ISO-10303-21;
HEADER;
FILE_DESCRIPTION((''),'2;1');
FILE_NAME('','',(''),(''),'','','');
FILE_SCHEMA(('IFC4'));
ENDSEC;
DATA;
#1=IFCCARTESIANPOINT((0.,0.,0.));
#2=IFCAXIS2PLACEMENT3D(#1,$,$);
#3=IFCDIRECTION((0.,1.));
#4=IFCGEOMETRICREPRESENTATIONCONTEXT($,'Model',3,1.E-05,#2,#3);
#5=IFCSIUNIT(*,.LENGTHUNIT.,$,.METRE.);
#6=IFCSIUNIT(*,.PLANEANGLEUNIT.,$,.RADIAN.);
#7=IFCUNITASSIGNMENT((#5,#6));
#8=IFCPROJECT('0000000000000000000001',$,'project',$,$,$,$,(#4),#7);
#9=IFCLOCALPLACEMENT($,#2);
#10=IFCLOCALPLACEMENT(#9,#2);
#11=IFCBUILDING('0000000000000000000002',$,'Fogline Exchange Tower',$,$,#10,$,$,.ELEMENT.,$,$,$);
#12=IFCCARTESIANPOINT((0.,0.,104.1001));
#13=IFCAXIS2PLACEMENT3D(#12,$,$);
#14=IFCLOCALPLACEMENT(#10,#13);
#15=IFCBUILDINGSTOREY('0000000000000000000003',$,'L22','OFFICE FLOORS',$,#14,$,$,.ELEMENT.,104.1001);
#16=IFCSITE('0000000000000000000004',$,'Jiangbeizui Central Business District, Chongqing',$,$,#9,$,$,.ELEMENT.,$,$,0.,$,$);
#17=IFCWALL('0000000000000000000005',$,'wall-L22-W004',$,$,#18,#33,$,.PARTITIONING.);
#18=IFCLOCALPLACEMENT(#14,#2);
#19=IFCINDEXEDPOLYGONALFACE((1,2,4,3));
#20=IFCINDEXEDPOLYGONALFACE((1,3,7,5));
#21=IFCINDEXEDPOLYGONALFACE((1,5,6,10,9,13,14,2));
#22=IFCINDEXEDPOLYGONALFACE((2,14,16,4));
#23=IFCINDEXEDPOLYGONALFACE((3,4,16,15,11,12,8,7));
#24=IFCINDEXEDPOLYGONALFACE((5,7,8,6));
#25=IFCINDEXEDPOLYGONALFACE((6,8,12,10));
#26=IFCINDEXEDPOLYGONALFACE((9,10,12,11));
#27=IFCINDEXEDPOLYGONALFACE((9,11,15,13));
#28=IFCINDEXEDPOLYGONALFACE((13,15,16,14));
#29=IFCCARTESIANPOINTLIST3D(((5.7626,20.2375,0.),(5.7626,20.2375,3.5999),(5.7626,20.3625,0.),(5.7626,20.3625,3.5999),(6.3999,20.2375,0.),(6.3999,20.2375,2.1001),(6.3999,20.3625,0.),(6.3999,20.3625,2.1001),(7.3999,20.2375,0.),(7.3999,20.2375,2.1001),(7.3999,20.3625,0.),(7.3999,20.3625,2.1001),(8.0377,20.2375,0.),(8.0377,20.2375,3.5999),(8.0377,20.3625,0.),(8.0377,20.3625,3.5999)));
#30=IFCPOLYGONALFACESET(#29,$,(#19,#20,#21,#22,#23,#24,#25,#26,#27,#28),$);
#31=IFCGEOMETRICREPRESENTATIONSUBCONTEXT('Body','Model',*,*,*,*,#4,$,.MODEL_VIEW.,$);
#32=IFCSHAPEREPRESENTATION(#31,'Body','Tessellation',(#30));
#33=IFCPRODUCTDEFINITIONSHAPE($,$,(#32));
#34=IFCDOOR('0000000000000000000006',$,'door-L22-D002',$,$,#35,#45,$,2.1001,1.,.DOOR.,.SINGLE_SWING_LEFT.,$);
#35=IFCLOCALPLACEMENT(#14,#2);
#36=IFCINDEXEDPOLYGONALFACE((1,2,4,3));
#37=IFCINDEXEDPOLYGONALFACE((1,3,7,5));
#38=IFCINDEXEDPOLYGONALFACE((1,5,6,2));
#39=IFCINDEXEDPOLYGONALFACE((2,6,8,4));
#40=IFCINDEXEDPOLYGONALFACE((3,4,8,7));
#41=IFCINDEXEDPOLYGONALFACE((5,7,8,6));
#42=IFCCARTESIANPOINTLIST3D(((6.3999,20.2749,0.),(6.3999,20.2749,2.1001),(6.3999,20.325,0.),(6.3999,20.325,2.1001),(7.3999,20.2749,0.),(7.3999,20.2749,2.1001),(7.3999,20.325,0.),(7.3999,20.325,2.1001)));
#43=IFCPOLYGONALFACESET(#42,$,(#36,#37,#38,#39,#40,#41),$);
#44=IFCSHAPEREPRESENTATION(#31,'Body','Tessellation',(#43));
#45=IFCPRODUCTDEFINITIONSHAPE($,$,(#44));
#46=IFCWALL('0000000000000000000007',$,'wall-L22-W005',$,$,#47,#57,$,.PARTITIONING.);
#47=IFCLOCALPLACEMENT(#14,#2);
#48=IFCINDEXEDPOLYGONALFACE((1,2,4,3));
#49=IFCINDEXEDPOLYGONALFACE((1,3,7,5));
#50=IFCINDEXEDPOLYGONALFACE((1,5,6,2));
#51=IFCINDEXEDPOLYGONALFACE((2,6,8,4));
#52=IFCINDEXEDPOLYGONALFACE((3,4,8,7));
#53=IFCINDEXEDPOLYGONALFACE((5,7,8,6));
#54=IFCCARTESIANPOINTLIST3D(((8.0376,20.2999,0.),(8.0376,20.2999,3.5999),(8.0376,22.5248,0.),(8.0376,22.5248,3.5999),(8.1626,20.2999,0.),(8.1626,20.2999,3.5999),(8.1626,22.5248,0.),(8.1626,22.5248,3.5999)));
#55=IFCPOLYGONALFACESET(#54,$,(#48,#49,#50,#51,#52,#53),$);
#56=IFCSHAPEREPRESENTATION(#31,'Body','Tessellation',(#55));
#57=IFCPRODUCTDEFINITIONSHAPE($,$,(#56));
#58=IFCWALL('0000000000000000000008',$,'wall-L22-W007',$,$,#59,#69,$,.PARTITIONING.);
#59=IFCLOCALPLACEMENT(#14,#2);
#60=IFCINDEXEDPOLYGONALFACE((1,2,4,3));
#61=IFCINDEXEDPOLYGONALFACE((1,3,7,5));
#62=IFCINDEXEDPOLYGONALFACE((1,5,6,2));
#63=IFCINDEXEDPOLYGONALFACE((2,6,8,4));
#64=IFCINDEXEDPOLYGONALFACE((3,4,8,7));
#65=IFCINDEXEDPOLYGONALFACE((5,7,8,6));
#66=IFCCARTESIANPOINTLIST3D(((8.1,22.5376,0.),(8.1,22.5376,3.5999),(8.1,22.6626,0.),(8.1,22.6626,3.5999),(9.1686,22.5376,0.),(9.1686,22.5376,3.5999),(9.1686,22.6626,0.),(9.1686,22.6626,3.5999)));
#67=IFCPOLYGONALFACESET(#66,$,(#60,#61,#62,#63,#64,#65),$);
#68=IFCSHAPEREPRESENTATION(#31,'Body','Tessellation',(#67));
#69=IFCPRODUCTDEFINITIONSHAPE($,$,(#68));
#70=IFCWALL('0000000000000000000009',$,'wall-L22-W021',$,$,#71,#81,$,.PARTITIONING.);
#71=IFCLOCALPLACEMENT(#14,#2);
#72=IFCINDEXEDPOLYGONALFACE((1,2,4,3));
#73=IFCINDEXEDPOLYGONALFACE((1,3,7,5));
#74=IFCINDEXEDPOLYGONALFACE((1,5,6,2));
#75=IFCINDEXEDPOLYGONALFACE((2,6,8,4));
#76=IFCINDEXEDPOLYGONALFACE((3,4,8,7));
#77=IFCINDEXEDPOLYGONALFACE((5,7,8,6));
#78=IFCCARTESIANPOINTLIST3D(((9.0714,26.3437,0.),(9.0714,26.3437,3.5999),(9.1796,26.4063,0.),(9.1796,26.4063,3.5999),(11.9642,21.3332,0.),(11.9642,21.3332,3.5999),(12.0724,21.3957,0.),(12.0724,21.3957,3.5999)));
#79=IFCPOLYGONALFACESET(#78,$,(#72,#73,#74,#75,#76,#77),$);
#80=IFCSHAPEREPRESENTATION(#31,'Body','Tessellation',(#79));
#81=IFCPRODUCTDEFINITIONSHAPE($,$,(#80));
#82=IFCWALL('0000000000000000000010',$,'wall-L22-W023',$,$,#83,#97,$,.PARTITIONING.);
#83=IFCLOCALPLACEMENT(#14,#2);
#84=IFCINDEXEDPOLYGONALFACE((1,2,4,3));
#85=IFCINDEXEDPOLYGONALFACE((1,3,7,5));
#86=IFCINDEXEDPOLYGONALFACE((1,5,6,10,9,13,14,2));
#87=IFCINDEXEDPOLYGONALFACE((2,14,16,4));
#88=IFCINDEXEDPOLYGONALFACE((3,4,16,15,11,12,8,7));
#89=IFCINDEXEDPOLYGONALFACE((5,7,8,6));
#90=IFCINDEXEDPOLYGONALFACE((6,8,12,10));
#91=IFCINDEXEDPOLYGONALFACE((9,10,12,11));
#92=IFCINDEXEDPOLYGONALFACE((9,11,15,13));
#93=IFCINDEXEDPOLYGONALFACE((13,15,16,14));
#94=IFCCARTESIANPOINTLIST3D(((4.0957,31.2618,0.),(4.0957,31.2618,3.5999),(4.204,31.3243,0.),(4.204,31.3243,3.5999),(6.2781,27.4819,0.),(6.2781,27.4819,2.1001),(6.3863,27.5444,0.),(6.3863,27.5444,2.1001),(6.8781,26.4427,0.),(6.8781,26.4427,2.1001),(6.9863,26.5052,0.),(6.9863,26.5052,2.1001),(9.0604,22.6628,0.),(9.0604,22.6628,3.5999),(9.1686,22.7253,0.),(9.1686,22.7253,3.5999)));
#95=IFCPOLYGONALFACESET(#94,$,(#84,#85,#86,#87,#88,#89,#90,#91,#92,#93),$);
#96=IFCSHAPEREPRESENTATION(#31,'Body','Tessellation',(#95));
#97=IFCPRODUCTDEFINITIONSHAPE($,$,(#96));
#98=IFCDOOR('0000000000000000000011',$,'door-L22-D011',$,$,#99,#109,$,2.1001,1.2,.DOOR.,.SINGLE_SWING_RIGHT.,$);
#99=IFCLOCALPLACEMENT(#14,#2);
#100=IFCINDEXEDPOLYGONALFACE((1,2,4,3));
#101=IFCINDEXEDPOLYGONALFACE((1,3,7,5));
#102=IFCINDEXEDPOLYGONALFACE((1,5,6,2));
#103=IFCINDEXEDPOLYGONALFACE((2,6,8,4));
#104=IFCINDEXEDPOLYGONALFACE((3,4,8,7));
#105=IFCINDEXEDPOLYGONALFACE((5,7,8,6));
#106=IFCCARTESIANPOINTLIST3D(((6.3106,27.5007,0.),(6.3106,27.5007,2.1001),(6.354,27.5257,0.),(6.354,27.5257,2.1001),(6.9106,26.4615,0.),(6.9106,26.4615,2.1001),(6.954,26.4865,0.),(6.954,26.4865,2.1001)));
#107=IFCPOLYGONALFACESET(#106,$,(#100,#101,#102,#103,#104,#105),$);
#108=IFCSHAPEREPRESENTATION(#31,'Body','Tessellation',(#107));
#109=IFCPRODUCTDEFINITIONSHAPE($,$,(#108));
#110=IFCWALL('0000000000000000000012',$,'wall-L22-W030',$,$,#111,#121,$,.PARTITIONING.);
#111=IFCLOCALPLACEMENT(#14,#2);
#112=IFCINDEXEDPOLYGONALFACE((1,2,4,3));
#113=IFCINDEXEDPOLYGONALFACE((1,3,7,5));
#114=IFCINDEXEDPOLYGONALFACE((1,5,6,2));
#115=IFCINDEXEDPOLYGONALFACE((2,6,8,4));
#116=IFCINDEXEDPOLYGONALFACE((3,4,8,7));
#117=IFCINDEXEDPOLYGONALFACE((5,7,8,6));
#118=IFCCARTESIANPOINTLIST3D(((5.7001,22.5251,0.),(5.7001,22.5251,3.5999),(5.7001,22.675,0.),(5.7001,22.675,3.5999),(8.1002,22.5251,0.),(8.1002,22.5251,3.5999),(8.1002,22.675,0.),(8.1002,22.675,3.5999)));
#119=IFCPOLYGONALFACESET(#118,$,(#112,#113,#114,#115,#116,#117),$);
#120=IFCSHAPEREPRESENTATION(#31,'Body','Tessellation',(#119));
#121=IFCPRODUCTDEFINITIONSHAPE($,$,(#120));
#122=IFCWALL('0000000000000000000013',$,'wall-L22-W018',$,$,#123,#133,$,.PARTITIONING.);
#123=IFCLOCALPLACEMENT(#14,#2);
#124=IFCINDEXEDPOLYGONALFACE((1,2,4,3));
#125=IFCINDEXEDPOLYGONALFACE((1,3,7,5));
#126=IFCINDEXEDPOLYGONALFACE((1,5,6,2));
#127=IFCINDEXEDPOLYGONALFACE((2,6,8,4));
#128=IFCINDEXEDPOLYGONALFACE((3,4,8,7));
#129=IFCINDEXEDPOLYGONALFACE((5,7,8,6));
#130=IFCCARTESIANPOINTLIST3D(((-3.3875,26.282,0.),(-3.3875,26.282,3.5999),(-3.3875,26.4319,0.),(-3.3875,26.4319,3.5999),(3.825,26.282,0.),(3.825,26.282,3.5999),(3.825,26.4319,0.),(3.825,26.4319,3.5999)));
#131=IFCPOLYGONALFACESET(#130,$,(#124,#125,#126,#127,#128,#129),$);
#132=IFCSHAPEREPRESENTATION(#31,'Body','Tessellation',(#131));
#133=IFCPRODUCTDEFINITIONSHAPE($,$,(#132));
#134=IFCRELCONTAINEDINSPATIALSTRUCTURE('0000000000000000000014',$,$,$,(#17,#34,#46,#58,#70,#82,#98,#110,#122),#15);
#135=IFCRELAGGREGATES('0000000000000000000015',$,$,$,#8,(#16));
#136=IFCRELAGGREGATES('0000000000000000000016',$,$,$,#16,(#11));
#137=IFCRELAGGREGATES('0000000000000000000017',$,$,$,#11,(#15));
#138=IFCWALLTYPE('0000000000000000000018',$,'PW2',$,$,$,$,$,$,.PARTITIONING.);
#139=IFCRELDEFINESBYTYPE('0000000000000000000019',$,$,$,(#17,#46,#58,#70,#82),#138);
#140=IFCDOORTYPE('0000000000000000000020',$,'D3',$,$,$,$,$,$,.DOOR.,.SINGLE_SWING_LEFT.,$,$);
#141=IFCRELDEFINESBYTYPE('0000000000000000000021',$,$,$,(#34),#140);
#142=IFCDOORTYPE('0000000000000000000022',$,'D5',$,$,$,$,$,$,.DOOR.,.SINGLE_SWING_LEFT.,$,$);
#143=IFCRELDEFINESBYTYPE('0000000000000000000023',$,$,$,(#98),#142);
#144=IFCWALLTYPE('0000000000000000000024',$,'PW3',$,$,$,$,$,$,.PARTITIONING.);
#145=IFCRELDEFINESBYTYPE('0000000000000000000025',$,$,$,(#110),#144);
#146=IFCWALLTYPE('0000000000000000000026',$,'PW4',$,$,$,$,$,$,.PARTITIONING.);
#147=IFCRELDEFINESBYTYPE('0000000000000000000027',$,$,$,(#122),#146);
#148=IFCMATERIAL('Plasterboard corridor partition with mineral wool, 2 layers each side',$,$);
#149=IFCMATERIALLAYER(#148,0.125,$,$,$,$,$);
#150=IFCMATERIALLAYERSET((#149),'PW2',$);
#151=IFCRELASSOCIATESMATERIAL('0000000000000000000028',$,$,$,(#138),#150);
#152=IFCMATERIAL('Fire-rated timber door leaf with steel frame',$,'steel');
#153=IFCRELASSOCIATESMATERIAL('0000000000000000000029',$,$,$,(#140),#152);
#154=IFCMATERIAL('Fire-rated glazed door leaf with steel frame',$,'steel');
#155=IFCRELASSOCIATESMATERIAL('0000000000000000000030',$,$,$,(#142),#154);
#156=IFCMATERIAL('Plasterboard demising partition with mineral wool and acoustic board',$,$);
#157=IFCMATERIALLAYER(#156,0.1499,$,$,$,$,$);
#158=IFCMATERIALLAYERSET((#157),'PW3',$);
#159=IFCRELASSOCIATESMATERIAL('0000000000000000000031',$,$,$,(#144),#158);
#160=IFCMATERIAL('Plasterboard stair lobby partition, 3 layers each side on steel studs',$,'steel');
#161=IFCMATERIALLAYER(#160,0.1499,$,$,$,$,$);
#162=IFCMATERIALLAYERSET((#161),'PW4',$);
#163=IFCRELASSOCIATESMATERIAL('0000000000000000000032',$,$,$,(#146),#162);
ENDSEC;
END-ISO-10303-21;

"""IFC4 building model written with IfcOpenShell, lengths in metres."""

from ifc_helpers import new_model, si_unit, direction, frame, frame_2d, origin, place, context, subcontext, project, spatial, rectangle, extrude, material, layer, layer_set, type_object, element, fill, save


model = new_model("IFC4")

# Units and contexts
model_context = context("Model", 3, precision=1e-05, world=origin(), true_north=direction((0.0, 1.0)))
body_context = subcontext(model_context, "Body", "Model", "MODEL_VIEW")
ifc_project = project(units=[si_unit("LENGTHUNIT", "METRE"), si_unit("PLANEANGLEUNIT", "RADIAN")], contexts=[model_context])

# Site, building, storey
site_placement = place(None, origin())
site = spatial("IfcSite", under=ifc_project, at=site_placement, Name="Jiangbeizui Central Business District, Chongqing", CompositionType="ELEMENT", RefElevation=0.0)
building_placement = place(site_placement, origin())
building = spatial("IfcBuilding", under=site, at=building_placement, Name="Fogline Exchange Tower", CompositionType="ELEMENT")
storey_placement = place(building_placement, frame((0.0, 0.0, 104.1001)))
storey = spatial("IfcBuildingStorey", under=building, at=storey_placement, Name="L22", Description="OFFICE FLOORS", CompositionType="ELEMENT", Elevation=104.1001)

# Shared definitions
ifc_material_1 = material(Name="Plasterboard corridor partition with mineral wool, 2 layers each side")
ifc_layer_1 = layer(ifc_material_1, 0.125)
ifc_layer_set_1 = layer_set([ifc_layer_1], Name="PW2")
wall_type_1 = type_object("IfcWallType", Name="PW2", PredefinedType="PARTITIONING", material=ifc_layer_set_1)

# Wall, opening, door
wall_1_placement = place(storey_placement, frame((5.7625, 20.3, 0.0), z_axis=(0.0, 0.0, 1.0), x_axis=(1.0, 0.0, 0.0)))
wall_1 = element("IfcWall", 1, at=wall_1_placement, inside=storey, type_object=wall_type_1, Name="wall-L22-W004", PredefinedType="PARTITIONING", context=body_context, shape_type="SweptSolid", body=[
    extrude(rectangle(XDim=2.2751, YDim=0.125, at=frame_2d((1.1377, 0.0))), origin(), (0.0, 0.0, 1.0), 3.5999),
])
opening_1_placement = place(wall_1_placement, frame((0.6375, 0.0, 0.0)))
opening_1 = element("IfcOpeningElement", 2, at=opening_1_placement, cuts=wall_1, PredefinedType="OPENING", context=body_context, shape_type="SweptSolid", body=[
    extrude(rectangle(XDim=1.0, YDim=2.1001, at=frame_2d((0.5, 1.05))), frame((0.0, 0.0725, 0.0), z_axis=(0.0, -1.0, 0.0), x_axis=(1.0, 0.0, 0.0)), (0.0, 0.0, 1.0), 0.145),
])
ifc_material_2 = material(Name="Fire-rated timber door leaf with steel frame", Category="steel")
door_type_1 = type_object("IfcDoorType", Name="D3", OperationType="SINGLE_SWING_LEFT", PredefinedType="DOOR", material=ifc_material_2)
door_1_placement = place(opening_1_placement, origin())
door_1 = element("IfcDoor", 3, at=door_1_placement, inside=storey, type_object=door_type_1, Name="door-L22-D002", OperationType="SINGLE_SWING_LEFT", OverallHeight=2.1001, OverallWidth=1.0, PredefinedType="DOOR", context=body_context, shape_type="SweptSolid", body=[
    extrude(rectangle(XDim=1.0, YDim=2.1001, at=frame_2d((0.5, 1.05))), frame((0.0, 0.0249, 0.0), z_axis=(0.0, -1.0, 0.0), x_axis=(1.0, 0.0, 0.0)), (0.0, 0.0, 1.0), 0.05),
])
fill(opening_1, door_1)

# Walls
wall_2_placement = place(storey_placement, frame((8.1001, 20.3, 0.0), z_axis=(0.0, 0.0, 1.0), x_axis=(0.0, 1.0, 0.0)))
element("IfcWall", 4, at=wall_2_placement, inside=storey, type_object=wall_type_1, Name="wall-L22-W005", PredefinedType="PARTITIONING", context=body_context, shape_type="SweptSolid", body=[
    extrude(rectangle(XDim=2.2249, YDim=0.125, at=frame_2d((1.1123, 0.0))), origin(), (0.0, 0.0, 1.0), 3.5999),
])
wall_3_placement = place(storey_placement, frame((8.1001, 22.6001, 0.0), z_axis=(0.0, 0.0, 1.0), x_axis=(1.0, 0.0, 0.0)))
element("IfcWall", 5, at=wall_3_placement, inside=storey, type_object=wall_type_1, Name="wall-L22-W007", PredefinedType="PARTITIONING", context=body_context, shape_type="SweptSolid", body=[
    extrude(rectangle(XDim=1.0686, YDim=0.125, at=frame_2d((0.5342, 0.0))), origin(), (0.0, 0.0, 1.0), 3.5999),
])
wall_4_placement = place(storey_placement, frame((9.1255, 26.375, 0.0), z_axis=(0.0, 0.0, 1.0), x_axis=(0.500001, -0.866025, 0.0)))
element("IfcWall", 6, at=wall_4_placement, inside=storey, type_object=wall_type_1, Name="wall-L22-W021", PredefinedType="PARTITIONING", context=body_context, shape_type="SweptSolid", body=[
    extrude(rectangle(XDim=5.7856, YDim=0.125, at=frame_2d((2.8928, 0.0))), origin(), (0.0, 0.0, 1.0), 3.5999),
])

# Wall, opening, door
wall_5_placement = place(storey_placement, frame((9.1145, 22.6941, 0.0), z_axis=(0.0, 0.0, 1.0), x_axis=(-0.500003, 0.866024, 0.0)))
wall_5 = element("IfcWall", 7, at=wall_5_placement, inside=storey, type_object=wall_type_1, Name="wall-L22-W023", PredefinedType="PARTITIONING", context=body_context, shape_type="SweptSolid", body=[
    extrude(rectangle(XDim=9.9292, YDim=0.125, at=frame_2d((4.9646, 0.0))), origin(), (0.0, 0.0, 1.0), 3.5999),
])
opening_2_placement = place(wall_5_placement, frame((4.3645, 0.0, 0.0)))
opening_2 = element("IfcOpeningElement", 8, at=opening_2_placement, cuts=wall_5, PredefinedType="OPENING", context=body_context, shape_type="SweptSolid", body=[
    extrude(rectangle(XDim=1.2, YDim=2.1001, at=frame_2d((0.6001, 1.05))), frame((0.0, 0.0725, 0.0), z_axis=(0.0, -1.0, 0.0), x_axis=(1.0, 0.0, 0.0)), (0.0, 0.0, 1.0), 0.145),
])
ifc_material_3 = material(Name="Fire-rated glazed door leaf with steel frame", Category="steel")
door_type_2 = type_object("IfcDoorType", Name="D5", OperationType="SINGLE_SWING_LEFT", PredefinedType="DOOR", material=ifc_material_3)
door_2_placement = place(opening_2_placement, origin())
door_2 = element("IfcDoor", 9, at=door_2_placement, inside=storey, type_object=door_type_2, Name="door-L22-D011", OperationType="SINGLE_SWING_RIGHT", OverallHeight=2.1001, OverallWidth=1.2, PredefinedType="DOOR", context=body_context, shape_type="SweptSolid", body=[
    extrude(rectangle(XDim=1.2, YDim=2.1001, at=frame_2d((0.6001, 1.05))), frame((0.0, 0.0249, 0.0), z_axis=(0.0, -1.0, 0.0), x_axis=(1.0, 0.0, 0.0)), (0.0, 0.0, 1.0), 0.05),
])
fill(opening_2, door_2)

# Walls
ifc_material_4 = material(Name="Plasterboard demising partition with mineral wool and acoustic board")
ifc_layer_2 = layer(ifc_material_4, 0.1499)
ifc_layer_set_2 = layer_set([ifc_layer_2], Name="PW3")
wall_type_2 = type_object("IfcWallType", Name="PW3", PredefinedType="PARTITIONING", material=ifc_layer_set_2)
wall_6_placement = place(storey_placement, frame((5.7, 22.6001, 0.0), z_axis=(0.0, 0.0, 1.0), x_axis=(1.0, 0.0, 0.0)))
element("IfcWall", 10, at=wall_6_placement, inside=storey, type_object=wall_type_2, Name="wall-L22-W030", PredefinedType="PARTITIONING", context=body_context, shape_type="SweptSolid", body=[
    extrude(rectangle(XDim=2.4001, YDim=0.1499, at=frame_2d((1.2002, 0.0))), origin(), (0.0, 0.0, 1.0), 3.5999),
])
ifc_material_5 = material(Name="Plasterboard stair lobby partition, 3 layers each side on steel studs", Category="steel")
ifc_layer_3 = layer(ifc_material_5, 0.1499)
ifc_layer_set_3 = layer_set([ifc_layer_3], Name="PW4")
wall_type_3 = type_object("IfcWallType", Name="PW4", PredefinedType="PARTITIONING", material=ifc_layer_set_3)
wall_7_placement = place(storey_placement, frame((3.825, 26.3569, 0.0), z_axis=(0.0, 0.0, 1.0), x_axis=(-1.0, 0.0, 0.0)))
element("IfcWall", 11, at=wall_7_placement, inside=storey, type_object=wall_type_3, Name="wall-L22-W018", PredefinedType="PARTITIONING", context=body_context, shape_type="SweptSolid", body=[
    extrude(rectangle(XDim=7.2124, YDim=0.1499, at=frame_2d((3.6062, 0.0))), origin(), (0.0, 0.0, 1.0), 3.5999),
])

save(model, "model.ifc")
